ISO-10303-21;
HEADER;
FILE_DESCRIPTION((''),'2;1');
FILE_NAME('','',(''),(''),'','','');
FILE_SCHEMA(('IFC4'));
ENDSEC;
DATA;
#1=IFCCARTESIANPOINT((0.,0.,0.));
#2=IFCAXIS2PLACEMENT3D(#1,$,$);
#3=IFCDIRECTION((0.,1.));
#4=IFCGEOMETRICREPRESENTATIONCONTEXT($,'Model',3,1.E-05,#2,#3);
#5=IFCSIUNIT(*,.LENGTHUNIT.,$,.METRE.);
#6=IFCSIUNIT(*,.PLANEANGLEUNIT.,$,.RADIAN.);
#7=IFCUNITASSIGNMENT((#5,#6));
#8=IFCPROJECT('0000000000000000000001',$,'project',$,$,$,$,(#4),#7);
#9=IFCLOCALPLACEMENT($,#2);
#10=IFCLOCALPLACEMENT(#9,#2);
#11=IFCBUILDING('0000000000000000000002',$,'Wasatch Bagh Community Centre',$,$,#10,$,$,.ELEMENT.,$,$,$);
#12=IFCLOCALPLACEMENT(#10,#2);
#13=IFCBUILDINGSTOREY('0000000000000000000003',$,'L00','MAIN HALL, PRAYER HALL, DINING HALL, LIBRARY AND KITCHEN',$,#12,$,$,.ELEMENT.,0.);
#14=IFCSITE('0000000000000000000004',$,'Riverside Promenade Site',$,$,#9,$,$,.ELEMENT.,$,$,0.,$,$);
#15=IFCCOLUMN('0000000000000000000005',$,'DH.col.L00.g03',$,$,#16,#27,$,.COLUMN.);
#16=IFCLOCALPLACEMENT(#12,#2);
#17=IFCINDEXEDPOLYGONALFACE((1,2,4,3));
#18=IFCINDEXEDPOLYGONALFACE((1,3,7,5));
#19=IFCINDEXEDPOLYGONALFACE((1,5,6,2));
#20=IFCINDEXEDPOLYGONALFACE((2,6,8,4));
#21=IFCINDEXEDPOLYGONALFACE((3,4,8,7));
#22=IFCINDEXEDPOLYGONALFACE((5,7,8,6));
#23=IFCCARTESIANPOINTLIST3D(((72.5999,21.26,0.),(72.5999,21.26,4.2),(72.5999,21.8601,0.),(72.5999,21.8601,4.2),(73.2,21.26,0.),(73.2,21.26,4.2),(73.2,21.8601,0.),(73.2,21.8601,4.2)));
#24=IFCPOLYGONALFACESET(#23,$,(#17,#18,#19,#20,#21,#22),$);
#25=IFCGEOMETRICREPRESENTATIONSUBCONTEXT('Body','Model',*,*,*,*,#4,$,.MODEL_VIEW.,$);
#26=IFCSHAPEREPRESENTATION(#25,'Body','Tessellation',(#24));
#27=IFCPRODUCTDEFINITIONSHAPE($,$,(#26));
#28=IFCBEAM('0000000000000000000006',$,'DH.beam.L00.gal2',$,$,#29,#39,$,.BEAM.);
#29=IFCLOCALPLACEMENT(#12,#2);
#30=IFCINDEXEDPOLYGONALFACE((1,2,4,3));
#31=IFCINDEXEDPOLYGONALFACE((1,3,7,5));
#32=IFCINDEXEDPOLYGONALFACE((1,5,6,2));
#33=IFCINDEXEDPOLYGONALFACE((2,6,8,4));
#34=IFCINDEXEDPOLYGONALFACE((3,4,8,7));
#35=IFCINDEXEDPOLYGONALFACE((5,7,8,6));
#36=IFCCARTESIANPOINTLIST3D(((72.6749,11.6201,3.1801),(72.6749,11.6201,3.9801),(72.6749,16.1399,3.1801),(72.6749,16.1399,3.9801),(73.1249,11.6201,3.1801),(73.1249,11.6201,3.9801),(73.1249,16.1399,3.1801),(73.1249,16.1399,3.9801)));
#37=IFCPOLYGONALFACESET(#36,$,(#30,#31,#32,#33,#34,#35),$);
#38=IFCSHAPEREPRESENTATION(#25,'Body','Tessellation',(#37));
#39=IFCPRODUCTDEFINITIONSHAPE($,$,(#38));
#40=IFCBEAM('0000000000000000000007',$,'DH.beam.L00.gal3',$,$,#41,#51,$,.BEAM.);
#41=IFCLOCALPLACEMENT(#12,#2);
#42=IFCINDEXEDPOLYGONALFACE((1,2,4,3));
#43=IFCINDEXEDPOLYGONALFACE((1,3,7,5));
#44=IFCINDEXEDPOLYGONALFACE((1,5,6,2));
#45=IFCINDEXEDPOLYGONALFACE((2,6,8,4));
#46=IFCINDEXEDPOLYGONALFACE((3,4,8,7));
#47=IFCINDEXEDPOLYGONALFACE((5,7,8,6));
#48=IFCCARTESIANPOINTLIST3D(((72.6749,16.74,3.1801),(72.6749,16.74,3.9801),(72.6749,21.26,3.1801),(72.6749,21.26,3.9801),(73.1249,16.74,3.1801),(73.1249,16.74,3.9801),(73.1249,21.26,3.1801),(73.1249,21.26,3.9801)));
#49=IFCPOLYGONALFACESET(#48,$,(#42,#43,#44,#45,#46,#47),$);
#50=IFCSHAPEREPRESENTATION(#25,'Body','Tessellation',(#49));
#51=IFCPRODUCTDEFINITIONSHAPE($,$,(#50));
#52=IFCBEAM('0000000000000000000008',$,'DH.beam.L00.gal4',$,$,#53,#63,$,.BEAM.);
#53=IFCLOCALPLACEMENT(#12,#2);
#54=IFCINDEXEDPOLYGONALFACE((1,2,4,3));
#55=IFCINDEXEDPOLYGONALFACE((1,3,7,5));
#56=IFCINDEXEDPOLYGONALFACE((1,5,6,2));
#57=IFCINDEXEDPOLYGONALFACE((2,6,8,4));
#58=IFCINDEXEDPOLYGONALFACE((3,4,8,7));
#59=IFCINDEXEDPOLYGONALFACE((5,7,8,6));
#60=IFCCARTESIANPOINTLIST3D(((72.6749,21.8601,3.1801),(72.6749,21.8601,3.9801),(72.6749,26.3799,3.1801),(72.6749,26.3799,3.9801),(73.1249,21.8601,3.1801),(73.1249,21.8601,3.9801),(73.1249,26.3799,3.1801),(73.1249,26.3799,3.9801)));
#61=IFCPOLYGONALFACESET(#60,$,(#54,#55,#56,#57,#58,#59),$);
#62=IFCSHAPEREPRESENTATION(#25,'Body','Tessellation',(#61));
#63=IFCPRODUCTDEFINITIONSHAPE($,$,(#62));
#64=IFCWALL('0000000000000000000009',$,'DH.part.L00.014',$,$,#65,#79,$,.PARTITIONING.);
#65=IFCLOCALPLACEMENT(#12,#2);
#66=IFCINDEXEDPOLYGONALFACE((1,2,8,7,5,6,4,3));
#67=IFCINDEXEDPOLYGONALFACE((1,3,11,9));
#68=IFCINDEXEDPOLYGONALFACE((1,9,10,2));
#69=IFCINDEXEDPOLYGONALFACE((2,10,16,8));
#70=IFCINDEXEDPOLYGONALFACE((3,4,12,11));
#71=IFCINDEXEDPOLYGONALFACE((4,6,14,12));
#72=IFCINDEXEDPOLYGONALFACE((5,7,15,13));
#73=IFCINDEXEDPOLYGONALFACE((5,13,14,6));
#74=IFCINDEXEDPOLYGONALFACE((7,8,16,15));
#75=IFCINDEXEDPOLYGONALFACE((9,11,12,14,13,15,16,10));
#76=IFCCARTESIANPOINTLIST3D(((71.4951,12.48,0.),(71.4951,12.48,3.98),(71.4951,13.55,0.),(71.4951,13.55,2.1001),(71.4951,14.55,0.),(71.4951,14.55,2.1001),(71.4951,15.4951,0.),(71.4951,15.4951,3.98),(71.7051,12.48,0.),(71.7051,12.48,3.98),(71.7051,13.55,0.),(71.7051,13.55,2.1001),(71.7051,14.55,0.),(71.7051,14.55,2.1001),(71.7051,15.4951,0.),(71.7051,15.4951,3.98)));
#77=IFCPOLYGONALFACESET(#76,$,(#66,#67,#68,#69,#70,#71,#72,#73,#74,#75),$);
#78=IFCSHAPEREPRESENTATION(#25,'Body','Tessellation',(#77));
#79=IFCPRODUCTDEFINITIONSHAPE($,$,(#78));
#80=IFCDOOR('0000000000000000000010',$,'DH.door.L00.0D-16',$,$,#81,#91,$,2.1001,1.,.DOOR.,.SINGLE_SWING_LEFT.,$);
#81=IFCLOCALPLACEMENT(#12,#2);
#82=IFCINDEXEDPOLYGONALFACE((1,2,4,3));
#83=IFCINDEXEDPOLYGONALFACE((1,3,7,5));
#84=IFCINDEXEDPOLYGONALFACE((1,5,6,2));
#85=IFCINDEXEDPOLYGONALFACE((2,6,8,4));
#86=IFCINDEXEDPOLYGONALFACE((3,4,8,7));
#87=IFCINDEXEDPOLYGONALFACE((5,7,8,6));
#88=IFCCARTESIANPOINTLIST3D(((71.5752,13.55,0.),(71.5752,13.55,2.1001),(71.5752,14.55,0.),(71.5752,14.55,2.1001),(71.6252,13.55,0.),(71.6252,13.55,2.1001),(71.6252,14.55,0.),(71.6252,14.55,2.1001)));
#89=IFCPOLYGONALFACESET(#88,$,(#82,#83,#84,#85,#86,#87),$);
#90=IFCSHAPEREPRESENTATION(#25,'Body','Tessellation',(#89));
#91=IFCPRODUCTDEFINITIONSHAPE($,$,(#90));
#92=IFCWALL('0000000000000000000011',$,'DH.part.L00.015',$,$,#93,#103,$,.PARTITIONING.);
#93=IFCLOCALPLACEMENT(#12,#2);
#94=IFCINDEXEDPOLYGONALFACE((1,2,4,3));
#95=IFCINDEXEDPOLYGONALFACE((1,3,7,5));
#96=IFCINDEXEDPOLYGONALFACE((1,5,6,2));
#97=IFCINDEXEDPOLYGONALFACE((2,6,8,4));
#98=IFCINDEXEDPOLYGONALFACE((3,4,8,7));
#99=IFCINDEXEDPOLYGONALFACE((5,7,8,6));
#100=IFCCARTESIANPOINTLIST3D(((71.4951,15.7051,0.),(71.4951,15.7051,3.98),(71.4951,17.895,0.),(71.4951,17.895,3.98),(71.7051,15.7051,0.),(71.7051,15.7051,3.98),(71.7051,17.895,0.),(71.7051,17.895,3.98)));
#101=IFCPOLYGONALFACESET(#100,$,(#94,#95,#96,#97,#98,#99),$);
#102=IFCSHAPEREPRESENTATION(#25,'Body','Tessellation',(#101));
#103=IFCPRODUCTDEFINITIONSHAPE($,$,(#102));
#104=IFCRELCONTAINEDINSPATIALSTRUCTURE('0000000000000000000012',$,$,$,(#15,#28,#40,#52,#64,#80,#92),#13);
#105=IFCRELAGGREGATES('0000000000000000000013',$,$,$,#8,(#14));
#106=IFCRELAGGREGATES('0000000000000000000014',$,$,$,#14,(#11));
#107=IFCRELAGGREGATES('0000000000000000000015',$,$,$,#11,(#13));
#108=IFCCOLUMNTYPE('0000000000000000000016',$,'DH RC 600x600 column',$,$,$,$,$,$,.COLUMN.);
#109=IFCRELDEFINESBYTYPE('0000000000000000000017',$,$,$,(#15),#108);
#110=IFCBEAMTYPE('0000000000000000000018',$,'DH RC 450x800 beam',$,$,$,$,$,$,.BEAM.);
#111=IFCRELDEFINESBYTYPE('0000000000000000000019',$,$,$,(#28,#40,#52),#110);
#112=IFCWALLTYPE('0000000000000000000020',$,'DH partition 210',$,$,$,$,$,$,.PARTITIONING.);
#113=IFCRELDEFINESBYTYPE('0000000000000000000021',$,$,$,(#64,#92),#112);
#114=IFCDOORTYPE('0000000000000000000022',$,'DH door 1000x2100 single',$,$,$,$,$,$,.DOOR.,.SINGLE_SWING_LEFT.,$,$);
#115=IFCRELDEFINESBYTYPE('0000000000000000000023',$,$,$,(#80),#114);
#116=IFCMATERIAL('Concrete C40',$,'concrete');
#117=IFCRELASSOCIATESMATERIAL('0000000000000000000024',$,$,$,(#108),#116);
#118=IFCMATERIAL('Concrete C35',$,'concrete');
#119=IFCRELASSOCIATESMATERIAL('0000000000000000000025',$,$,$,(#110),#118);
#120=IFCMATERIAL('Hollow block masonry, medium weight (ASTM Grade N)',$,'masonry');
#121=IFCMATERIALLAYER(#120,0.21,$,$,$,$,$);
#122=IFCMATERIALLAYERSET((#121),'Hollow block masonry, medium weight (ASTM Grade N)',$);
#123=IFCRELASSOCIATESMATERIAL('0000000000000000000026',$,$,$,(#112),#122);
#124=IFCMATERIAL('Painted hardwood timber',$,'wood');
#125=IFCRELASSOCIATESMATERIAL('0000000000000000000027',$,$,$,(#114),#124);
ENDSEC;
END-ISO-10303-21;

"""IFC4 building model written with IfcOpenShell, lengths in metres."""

from ifc_helpers import new_model, si_unit, direction, frame, frame_2d, origin, origin_2d, place, context, subcontext, project, spatial, rectangle, extrude, material, layer, layer_set, material_profile, profile_set, type_object, element, fill, save


model = new_model("IFC4")

# Units and contexts
model_context = context("Model", 3, precision=1e-05, world=origin(), true_north=direction((0.0, 1.0)))
body_context = subcontext(model_context, "Body", "Model", "MODEL_VIEW")
ifc_project = project(units=[si_unit("LENGTHUNIT", "METRE"), si_unit("PLANEANGLEUNIT", "RADIAN")], contexts=[model_context])

# Site, building, storey
site_placement = place(None, origin())
site = spatial("IfcSite", under=ifc_project, at=site_placement, Name="Riverside Promenade Site", CompositionType="ELEMENT", RefElevation=0.0)
building_placement = place(site_placement, origin())
building = spatial("IfcBuilding", under=site, at=building_placement, Name="Wasatch Bagh Community Centre", CompositionType="ELEMENT")
storey_placement = place(building_placement, origin())
storey = spatial("IfcBuildingStorey", under=building, at=storey_placement, Name="L00", Description="MAIN HALL, PRAYER HALL, DINING HALL, LIBRARY AND KITCHEN", CompositionType="ELEMENT", Elevation=0.0)

# Shared definitions
ifc_material_1 = material(Name="Concrete C35", Category="concrete")

# Column
ifc_material_2 = material(Name="Concrete C40", Category="concrete")
ifc_material_profile_1 = material_profile(ifc_material_2, rectangle(XDim=0.6001, YDim=0.6001, at=origin_2d()), Name="RC 600x600")
ifc_profile_set_1 = profile_set([ifc_material_profile_1], Name="Concrete C40")
column_type = type_object("IfcColumnType", Name="DH RC 600x600 column", PredefinedType="COLUMN", material=ifc_profile_set_1)
for number, where, z_axis, x_axis, name in (
    (1, (72.8999, 21.5601, 0.0), (0.0, 0.0, 1.0), (1.0, 0.0, 0.0), "DH.col.L00.g03"),
):
    element("IfcColumn", number, at=place(storey_placement, frame(where, z_axis=z_axis, x_axis=x_axis)), inside=storey, type_object=column_type, Name=name, PredefinedType="COLUMN", context=body_context, shape_type="SweptSolid", body=[
        extrude(rectangle(XDim=0.6001, YDim=0.6001, at=origin_2d()), origin(), (0.0, 0.0, 1.0), 4.2),
    ])

# Beams
ifc_material_profile_2 = material_profile(ifc_material_1, rectangle(XDim=0.45, YDim=0.8, at=origin_2d()), Name="RC 450x800")
ifc_profile_set_2 = profile_set([ifc_material_profile_2], Name="Concrete C35")
beam_type = type_object("IfcBeamType", Name="DH RC 450x800 beam", PredefinedType="BEAM", material=ifc_profile_set_2)
beam_1_placement = place(storey_placement, frame((72.8999, 11.6201, 3.5801), z_axis=(0.0, 1.0, 0.0), x_axis=(-1.0, 0.0, 0.0)))
element("IfcBeam", 2, at=beam_1_placement, inside=storey, type_object=beam_type, Name="DH.beam.L00.gal2", PredefinedType="BEAM", context=body_context, shape_type="SweptSolid", body=[
    extrude(rectangle(XDim=0.45, YDim=0.8, at=origin_2d()), origin(), (0.0, 0.0, 1.0), 4.5198),
])
beam_2_placement = place(storey_placement, frame((72.8999, 16.74, 3.5801), z_axis=(0.0, 1.0, 0.0), x_axis=(-1.0, 0.0, 0.0)))
element("IfcBeam", 3, at=beam_2_placement, inside=storey, type_object=beam_type, Name="DH.beam.L00.gal3", PredefinedType="BEAM", context=body_context, shape_type="SweptSolid", body=[
    extrude(rectangle(XDim=0.45, YDim=0.8, at=origin_2d()), origin(), (0.0, 0.0, 1.0), 4.52),
])
beam_3_placement = place(storey_placement, frame((72.8999, 21.8601, 3.5801), z_axis=(0.0, 1.0, 0.0), x_axis=(-1.0, 0.0, 0.0)))
element("IfcBeam", 4, at=beam_3_placement, inside=storey, type_object=beam_type, Name="DH.beam.L00.gal4", PredefinedType="BEAM", context=body_context, shape_type="SweptSolid", body=[
    extrude(rectangle(XDim=0.45, YDim=0.8, at=origin_2d()), origin(), (0.0, 0.0, 1.0), 4.5198),
])

# Wall, opening, door
ifc_material_3 = material(Name="Hollow block masonry, medium weight (ASTM Grade N)", Category="masonry")
ifc_layer = layer(ifc_material_3, 0.21)
ifc_layer_set = layer_set([ifc_layer], Name="Hollow block masonry, medium weight (ASTM Grade N)")
wall_type = type_object("IfcWallType", Name="DH partition 210", PredefinedType="PARTITIONING", material=ifc_layer_set)
wall_1_placement = place(storey_placement, frame((71.6001, 12.48, 0.0), z_axis=(0.0, 0.0, 1.0), x_axis=(0.0, 1.0, 0.0)))
wall_1 = element("IfcWall", 5, at=wall_1_placement, inside=storey, type_object=wall_type, Name="DH.part.L00.014", PredefinedType="PARTITIONING", context=body_context, shape_type="SweptSolid", body=[
    extrude(rectangle(XDim=3.0151, YDim=0.21, at=frame_2d((1.5076, 0.0))), origin(), (0.0, 0.0, 1.0), 3.98),
])
opening_placement = place(wall_1_placement, frame((1.0701, 0.0, 0.0)))
opening = element("IfcOpeningElement", 6, at=opening_placement, cuts=wall_1, PredefinedType="OPENING", context=body_context, shape_type="SweptSolid", body=[
    extrude(rectangle(XDim=1.0, YDim=2.1001, at=frame_2d((0.5, 1.05))), frame((0.0, 0.115, 0.0), z_axis=(0.0, -1.0, 0.0), x_axis=(1.0, 0.0, 0.0)), (0.0, 0.0, 1.0), 0.23),
])
ifc_material_4 = material(Name="Painted hardwood timber", Category="wood")
door_type = type_object("IfcDoorType", Name="DH door 1000x2100 single", OperationType="SINGLE_SWING_LEFT", PredefinedType="DOOR", material=ifc_material_4)
door_placement = place(opening_placement, origin())
door = element("IfcDoor", 7, at=door_placement, inside=storey, type_object=door_type, Name="DH.door.L00.0D-16", OperationType="SINGLE_SWING_LEFT", OverallHeight=2.1001, OverallWidth=1.0, PredefinedType="DOOR", context=body_context, shape_type="SweptSolid", body=[
    extrude(rectangle(XDim=1.0, YDim=2.1001, at=frame_2d((0.5, 1.05))), frame((0.0, 0.0249, 0.0), z_axis=(0.0, -1.0, 0.0), x_axis=(1.0, 0.0, 0.0)), (0.0, 0.0, 1.0), 0.05),
])
fill(opening, door)

# Wall
wall_2_placement = place(storey_placement, frame((71.6001, 15.7051, 0.0), z_axis=(0.0, 0.0, 1.0), x_axis=(0.0, 1.0, 0.0)))
element("IfcWall", 8, at=wall_2_placement, inside=storey, type_object=wall_type, Name="DH.part.L00.015", PredefinedType="PARTITIONING", context=body_context, shape_type="SweptSolid", body=[
    extrude(rectangle(XDim=2.1899, YDim=0.21, at=frame_2d((1.095, 0.0))), origin(), (0.0, 0.0, 1.0), 3.98),
])

save(model, "model.ifc")
